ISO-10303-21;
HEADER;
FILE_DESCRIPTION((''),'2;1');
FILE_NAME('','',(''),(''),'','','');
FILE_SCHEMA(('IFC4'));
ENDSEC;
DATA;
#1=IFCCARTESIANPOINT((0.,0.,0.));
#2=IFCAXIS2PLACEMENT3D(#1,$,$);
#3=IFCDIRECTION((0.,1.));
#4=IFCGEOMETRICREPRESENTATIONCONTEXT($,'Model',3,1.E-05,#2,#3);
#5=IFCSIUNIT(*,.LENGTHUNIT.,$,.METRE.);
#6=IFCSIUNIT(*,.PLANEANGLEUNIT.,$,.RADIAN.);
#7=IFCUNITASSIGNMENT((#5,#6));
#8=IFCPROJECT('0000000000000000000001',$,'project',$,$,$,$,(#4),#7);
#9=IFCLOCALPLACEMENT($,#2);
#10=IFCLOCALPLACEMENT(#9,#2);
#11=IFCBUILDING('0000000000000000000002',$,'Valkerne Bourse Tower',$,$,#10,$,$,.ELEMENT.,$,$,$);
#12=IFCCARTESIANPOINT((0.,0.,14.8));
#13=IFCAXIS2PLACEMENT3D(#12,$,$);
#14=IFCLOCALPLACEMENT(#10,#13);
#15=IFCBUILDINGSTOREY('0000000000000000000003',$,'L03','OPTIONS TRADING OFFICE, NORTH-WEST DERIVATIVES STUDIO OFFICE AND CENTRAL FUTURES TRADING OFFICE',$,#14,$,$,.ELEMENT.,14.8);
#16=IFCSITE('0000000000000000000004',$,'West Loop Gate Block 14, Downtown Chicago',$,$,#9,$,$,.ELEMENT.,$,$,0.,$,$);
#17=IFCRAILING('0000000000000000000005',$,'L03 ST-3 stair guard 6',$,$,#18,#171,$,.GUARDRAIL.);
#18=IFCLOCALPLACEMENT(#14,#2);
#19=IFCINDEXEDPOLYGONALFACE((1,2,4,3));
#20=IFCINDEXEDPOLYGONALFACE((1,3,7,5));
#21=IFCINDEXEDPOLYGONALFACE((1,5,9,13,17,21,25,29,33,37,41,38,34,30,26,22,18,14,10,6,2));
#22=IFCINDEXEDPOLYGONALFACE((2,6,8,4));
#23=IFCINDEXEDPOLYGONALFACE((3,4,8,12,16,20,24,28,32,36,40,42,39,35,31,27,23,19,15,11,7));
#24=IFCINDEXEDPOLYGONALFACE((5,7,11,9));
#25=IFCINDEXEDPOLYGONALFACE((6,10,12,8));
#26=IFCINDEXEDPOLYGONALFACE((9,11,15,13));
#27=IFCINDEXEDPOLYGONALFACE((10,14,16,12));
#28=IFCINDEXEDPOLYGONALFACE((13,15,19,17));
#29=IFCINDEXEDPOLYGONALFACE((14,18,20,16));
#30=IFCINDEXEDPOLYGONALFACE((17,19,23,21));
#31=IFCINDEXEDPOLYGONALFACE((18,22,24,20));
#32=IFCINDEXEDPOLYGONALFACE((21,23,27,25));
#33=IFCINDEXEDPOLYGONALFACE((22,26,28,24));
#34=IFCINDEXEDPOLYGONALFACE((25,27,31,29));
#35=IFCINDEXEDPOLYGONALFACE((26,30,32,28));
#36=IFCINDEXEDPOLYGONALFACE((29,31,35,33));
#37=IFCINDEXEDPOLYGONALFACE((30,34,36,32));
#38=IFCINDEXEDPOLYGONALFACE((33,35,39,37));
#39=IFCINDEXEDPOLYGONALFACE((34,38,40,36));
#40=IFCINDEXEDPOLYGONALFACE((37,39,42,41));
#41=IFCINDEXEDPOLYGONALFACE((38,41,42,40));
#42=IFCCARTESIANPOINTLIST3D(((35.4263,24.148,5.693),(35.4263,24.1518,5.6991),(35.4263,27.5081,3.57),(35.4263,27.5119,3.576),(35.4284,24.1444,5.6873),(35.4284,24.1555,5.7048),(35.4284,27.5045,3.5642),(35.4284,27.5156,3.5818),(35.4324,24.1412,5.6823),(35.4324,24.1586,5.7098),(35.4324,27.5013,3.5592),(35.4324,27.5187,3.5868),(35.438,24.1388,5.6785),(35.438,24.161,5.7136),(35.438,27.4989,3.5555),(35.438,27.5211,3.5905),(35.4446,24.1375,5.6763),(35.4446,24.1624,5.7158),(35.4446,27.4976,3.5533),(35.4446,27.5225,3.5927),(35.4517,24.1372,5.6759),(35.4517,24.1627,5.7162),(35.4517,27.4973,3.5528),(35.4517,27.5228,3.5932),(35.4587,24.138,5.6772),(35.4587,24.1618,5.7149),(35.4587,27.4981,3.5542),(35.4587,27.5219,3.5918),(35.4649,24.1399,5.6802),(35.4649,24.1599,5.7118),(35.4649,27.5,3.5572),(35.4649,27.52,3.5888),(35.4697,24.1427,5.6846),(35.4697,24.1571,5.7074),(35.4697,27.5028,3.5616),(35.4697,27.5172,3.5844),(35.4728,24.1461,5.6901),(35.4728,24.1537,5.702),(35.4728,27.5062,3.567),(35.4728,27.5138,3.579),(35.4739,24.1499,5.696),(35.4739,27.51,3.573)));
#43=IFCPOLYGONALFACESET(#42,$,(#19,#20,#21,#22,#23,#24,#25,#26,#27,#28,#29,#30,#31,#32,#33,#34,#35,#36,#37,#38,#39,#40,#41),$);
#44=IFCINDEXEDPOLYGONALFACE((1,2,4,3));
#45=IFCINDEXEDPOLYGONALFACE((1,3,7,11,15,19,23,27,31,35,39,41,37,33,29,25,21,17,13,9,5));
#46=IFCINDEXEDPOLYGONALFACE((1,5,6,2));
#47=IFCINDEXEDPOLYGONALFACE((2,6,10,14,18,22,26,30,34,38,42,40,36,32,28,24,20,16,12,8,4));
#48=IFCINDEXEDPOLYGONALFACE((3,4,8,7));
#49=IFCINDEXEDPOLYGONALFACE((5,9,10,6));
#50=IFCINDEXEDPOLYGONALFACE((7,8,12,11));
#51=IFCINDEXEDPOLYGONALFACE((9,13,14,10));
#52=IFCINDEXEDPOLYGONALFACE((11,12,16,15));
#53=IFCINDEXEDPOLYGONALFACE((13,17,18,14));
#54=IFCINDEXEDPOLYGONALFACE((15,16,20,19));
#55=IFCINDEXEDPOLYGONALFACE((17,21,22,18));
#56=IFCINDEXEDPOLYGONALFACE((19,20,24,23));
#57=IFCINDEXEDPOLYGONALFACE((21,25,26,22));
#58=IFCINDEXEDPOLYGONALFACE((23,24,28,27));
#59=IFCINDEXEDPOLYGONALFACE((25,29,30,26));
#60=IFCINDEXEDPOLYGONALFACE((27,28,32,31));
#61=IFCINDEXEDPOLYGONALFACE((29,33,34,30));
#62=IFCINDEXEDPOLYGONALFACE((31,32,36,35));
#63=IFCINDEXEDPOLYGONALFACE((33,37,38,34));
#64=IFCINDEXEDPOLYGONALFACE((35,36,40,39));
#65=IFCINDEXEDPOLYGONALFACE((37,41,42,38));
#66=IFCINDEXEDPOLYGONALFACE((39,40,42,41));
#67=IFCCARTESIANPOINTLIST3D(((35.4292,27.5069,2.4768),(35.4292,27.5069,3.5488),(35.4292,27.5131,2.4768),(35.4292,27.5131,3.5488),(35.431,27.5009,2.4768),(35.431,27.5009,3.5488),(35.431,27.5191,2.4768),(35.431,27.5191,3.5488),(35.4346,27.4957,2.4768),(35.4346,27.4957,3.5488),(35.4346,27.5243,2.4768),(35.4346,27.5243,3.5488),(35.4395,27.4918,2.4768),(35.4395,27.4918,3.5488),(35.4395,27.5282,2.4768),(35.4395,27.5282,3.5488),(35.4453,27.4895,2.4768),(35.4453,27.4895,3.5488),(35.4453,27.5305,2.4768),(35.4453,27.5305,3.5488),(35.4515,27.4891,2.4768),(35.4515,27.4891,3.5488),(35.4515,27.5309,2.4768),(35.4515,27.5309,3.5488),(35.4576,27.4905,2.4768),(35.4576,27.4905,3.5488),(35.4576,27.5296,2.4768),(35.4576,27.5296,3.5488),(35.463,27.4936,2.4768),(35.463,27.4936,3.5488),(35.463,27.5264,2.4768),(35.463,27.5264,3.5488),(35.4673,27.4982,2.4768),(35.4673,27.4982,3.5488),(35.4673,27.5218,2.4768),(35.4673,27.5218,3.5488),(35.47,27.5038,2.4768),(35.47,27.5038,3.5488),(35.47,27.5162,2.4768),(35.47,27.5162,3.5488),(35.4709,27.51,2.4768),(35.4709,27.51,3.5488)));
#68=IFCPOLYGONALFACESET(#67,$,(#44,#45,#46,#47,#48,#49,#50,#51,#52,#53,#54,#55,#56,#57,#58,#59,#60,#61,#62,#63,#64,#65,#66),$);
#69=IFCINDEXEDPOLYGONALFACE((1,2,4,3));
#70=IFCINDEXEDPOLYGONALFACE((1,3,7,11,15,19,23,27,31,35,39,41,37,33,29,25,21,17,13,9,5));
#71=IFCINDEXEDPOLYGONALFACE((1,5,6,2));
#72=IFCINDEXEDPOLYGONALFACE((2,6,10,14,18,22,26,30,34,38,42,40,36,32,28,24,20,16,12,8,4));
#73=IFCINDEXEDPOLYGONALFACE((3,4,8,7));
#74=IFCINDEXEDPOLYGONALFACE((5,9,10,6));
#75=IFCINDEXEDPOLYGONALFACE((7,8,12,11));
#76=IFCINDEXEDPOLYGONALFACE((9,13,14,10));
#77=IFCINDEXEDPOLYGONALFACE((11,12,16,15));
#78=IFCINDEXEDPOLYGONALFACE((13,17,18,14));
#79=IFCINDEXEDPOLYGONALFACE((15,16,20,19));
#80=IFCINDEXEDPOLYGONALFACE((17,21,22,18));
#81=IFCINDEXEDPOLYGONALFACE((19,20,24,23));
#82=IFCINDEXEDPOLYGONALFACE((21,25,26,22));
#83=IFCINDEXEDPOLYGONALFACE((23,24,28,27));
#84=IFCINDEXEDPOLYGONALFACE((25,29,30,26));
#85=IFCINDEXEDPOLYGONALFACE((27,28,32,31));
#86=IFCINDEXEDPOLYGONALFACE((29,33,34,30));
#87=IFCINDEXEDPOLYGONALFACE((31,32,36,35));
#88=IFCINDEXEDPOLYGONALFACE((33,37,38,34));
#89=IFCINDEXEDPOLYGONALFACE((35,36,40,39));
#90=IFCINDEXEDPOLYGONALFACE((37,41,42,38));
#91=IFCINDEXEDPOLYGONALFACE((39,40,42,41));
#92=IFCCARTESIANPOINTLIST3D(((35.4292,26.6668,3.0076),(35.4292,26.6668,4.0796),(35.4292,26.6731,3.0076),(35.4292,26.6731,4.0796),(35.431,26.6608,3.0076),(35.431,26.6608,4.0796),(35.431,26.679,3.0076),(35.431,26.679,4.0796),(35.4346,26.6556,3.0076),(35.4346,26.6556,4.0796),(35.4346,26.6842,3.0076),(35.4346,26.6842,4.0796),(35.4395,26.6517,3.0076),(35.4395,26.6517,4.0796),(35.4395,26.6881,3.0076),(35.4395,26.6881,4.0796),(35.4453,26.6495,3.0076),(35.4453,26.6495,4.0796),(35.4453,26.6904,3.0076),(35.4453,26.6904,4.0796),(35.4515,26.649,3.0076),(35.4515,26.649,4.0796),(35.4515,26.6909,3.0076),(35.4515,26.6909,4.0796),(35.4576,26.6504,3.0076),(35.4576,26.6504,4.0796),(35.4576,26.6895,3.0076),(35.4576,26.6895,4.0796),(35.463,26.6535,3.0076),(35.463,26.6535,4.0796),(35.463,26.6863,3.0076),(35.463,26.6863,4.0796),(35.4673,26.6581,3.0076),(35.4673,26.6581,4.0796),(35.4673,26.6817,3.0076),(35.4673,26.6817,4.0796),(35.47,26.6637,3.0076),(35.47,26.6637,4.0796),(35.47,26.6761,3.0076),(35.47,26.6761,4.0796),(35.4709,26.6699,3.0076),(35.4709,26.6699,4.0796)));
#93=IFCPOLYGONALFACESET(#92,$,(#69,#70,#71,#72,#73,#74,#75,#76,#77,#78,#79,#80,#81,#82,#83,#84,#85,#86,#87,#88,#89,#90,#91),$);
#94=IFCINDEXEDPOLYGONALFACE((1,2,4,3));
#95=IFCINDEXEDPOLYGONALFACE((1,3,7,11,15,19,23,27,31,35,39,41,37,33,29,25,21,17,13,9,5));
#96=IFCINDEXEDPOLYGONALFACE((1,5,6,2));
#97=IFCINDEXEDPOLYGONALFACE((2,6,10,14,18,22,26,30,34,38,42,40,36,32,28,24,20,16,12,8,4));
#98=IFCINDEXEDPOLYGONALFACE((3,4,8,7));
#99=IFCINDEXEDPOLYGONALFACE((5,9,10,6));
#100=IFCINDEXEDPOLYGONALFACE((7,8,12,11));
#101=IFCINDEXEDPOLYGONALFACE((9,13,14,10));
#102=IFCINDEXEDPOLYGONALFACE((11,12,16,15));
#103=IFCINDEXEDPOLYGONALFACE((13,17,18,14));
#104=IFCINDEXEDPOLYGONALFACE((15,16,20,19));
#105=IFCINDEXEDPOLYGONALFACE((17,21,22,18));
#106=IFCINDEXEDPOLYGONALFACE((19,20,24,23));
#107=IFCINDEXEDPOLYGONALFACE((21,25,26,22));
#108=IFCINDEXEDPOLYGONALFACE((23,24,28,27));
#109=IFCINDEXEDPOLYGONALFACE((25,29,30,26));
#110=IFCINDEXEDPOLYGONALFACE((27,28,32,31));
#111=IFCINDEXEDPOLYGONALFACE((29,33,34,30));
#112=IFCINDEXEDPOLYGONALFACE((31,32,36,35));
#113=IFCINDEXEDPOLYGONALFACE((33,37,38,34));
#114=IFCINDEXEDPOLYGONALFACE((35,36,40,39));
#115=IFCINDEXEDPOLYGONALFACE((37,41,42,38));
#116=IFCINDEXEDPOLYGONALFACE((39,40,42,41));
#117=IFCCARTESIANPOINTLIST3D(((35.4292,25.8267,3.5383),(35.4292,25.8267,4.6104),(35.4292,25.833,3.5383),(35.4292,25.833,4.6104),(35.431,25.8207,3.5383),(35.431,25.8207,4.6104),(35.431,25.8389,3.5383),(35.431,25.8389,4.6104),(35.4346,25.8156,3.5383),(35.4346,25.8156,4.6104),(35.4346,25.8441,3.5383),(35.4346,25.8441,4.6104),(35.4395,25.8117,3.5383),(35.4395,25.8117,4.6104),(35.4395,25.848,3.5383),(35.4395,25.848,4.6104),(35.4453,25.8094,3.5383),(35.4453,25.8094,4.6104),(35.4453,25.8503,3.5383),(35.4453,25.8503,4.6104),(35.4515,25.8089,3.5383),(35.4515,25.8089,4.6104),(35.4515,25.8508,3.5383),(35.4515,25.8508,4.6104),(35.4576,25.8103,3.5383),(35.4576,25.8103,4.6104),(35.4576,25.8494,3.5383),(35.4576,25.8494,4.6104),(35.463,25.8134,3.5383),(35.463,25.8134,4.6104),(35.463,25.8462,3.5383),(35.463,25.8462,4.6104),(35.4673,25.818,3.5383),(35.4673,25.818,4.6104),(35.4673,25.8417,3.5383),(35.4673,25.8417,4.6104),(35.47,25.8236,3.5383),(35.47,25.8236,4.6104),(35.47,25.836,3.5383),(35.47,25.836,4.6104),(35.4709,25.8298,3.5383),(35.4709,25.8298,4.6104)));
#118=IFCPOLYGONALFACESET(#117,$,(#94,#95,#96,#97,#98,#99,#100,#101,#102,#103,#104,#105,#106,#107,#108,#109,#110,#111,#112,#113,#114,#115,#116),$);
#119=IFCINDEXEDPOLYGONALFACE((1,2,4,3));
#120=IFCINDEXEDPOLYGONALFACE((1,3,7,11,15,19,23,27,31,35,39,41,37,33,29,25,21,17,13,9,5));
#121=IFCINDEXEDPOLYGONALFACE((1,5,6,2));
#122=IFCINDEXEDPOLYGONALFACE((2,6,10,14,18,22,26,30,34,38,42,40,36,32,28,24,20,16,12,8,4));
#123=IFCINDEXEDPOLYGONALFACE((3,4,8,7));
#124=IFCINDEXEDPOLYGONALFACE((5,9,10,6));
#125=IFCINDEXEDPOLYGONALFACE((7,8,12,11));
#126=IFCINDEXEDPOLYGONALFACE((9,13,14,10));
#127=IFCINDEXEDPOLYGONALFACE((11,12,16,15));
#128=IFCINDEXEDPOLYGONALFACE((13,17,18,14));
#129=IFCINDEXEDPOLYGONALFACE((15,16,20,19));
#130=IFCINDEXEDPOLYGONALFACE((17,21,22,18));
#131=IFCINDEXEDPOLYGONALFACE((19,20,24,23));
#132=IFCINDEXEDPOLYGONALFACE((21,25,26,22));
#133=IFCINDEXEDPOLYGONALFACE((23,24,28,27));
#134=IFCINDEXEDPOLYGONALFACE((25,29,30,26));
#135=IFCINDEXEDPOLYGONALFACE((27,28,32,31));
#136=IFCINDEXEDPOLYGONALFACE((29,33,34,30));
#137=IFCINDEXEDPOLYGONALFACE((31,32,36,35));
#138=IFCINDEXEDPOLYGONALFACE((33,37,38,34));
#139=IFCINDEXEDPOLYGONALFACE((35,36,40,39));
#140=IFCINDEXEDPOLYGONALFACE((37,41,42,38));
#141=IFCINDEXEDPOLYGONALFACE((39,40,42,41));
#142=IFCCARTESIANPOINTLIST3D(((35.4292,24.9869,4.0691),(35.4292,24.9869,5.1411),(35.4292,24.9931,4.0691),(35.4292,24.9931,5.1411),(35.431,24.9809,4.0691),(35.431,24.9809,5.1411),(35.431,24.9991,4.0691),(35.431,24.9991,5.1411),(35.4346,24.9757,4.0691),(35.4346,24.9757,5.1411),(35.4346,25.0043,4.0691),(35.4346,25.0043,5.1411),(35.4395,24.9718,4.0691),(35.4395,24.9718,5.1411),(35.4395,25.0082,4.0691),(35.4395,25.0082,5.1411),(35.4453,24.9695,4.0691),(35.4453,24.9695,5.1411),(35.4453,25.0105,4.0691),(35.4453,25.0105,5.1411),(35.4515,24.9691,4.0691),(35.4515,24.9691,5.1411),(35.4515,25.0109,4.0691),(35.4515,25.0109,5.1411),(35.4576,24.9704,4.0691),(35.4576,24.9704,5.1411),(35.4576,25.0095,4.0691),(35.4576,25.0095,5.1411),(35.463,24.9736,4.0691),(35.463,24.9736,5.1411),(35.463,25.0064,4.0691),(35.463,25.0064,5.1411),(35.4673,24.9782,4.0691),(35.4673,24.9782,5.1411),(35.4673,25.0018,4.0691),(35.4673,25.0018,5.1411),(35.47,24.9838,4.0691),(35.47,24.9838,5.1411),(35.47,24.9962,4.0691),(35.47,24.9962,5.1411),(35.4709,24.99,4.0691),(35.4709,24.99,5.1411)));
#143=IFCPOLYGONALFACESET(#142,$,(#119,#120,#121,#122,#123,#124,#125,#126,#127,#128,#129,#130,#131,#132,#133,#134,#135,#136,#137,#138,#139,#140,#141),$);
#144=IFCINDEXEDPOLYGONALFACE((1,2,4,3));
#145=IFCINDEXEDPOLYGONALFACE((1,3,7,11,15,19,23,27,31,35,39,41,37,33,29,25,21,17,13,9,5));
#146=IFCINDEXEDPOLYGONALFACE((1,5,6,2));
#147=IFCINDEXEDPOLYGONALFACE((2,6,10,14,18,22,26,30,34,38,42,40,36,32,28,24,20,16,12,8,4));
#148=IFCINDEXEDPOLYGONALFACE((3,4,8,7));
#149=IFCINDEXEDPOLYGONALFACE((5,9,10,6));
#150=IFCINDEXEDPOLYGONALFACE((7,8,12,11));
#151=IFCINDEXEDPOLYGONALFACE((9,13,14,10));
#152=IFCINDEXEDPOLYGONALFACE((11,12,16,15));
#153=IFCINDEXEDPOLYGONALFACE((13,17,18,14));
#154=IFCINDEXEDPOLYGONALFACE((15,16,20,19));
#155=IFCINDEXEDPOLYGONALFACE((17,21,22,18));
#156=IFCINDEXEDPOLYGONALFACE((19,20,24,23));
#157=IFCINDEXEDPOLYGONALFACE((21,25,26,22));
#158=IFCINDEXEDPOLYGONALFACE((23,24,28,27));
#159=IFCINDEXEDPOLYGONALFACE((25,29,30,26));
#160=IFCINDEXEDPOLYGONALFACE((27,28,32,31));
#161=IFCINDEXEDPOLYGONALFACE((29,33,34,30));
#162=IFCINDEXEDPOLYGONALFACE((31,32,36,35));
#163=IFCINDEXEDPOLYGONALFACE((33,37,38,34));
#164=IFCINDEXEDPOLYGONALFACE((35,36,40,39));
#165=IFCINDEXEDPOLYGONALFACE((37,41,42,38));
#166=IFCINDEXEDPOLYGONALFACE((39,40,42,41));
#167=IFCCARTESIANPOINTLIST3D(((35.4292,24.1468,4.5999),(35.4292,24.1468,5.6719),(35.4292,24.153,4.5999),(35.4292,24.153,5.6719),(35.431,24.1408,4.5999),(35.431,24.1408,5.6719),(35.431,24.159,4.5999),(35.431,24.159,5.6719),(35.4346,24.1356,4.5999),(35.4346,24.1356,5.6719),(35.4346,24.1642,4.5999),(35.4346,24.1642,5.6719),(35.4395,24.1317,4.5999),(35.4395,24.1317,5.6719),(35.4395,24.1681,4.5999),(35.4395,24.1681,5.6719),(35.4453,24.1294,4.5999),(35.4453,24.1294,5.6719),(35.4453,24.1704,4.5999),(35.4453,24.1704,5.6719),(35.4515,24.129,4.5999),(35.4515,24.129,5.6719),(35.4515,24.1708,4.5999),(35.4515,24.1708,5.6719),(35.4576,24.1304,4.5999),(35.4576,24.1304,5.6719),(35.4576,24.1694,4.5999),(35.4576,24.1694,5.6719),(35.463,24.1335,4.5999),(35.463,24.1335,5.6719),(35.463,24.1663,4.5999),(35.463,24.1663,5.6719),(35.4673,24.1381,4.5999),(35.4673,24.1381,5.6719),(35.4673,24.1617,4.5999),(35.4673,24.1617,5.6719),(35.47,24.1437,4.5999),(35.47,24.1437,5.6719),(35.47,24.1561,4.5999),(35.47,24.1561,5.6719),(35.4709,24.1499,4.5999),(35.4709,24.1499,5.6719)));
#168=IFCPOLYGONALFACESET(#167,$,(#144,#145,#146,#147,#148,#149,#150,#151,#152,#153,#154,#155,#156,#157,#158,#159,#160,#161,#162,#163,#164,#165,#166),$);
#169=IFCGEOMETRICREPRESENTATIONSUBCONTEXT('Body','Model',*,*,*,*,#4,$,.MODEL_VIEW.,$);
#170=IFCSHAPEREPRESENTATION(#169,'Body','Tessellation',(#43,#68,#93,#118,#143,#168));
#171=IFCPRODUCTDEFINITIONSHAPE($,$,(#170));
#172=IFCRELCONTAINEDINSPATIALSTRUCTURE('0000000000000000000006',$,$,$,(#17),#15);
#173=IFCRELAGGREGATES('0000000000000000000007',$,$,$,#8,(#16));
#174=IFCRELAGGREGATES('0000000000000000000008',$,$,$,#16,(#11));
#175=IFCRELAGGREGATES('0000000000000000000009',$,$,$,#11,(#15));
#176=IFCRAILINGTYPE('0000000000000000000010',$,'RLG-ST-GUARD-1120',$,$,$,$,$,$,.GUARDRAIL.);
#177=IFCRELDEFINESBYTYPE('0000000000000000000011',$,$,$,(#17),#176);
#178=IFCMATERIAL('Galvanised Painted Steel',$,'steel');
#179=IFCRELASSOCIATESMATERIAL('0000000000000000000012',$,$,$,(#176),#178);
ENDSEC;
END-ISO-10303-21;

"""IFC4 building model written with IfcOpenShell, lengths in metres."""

from ifc_helpers import new_model, si_unit, direction, frame, origin, origin_2d, place, context, subcontext, project, spatial, circle, extrude, material, type_object, element, save


model = new_model("IFC4")

# Units and contexts
model_context = context("Model", 3, precision=1e-05, world=origin(), true_north=direction((0.0, 1.0)))
body_context = subcontext(model_context, "Body", "Model", "MODEL_VIEW")
ifc_project = project(units=[si_unit("LENGTHUNIT", "METRE"), si_unit("PLANEANGLEUNIT", "RADIAN")], contexts=[model_context])

# Site, building, storey
site_placement = place(None, origin())
site = spatial("IfcSite", under=ifc_project, at=site_placement, Name="West Loop Gate Block 14, Downtown Chicago", CompositionType="ELEMENT", RefElevation=0.0)
building_placement = place(site_placement, origin())
building = spatial("IfcBuilding", under=site, at=building_placement, Name="Valkerne Bourse Tower", CompositionType="ELEMENT")
storey_placement = place(building_placement, frame((0.0, 0.0, 14.8)))
storey = spatial("IfcBuildingStorey", under=building, at=storey_placement, Name="L03", Description="OPTIONS TRADING OFFICE, NORTH-WEST DERIVATIVES STUDIO OFFICE AND CENTRAL FUTURES TRADING OFFICE", CompositionType="ELEMENT", Elevation=14.8)

# Shared definitions
ifc_material_1 = material(Name="Galvanised Painted Steel", Category="steel")

# Railing
railing_type_1 = type_object("IfcRailingType", Name="RLG-ST-GUARD-1120", PredefinedType="GUARDRAIL", material=ifc_material_1)
railing_1_placement = place(storey_placement, frame((35.45, 27.51, 2.4768)))
element("IfcRailing", 1, at=railing_1_placement, inside=storey, type_object=railing_type_1, Name="L03 ST-3 stair guard 6", PredefinedType="GUARDRAIL", context=body_context, shape_type="SweptSolid", body=[
    extrude(circle(Radius=0.0239, at=origin_2d()), frame((0.0, 0.0, 1.0962), z_axis=(0.0, -0.84539, 0.53415), x_axis=(1.0, 0.0, 0.0)), (0.0, 0.0, 1.0), 3.9746),
    extrude(circle(Radius=0.021, at=origin_2d()), origin(), (0.0, 0.0, 1.0), 1.072),
    extrude(circle(Radius=0.021, at=origin_2d()), frame((0.0, -0.8401, 0.5308)), (0.0, 0.0, 1.0), 1.072),
    extrude(circle(Radius=0.021, at=origin_2d()), frame((0.0, -1.6802, 1.0615)), (0.0, 0.0, 1.0), 1.072),
    extrude(circle(Radius=0.021, at=origin_2d()), frame((0.0, -2.52, 1.5923)), (0.0, 0.0, 1.0), 1.072),
    extrude(circle(Radius=0.021, at=origin_2d()), frame((0.0, -3.3601, 2.123)), (0.0, 0.0, 1.0), 1.072),
])

save(model, "model.ifc")
